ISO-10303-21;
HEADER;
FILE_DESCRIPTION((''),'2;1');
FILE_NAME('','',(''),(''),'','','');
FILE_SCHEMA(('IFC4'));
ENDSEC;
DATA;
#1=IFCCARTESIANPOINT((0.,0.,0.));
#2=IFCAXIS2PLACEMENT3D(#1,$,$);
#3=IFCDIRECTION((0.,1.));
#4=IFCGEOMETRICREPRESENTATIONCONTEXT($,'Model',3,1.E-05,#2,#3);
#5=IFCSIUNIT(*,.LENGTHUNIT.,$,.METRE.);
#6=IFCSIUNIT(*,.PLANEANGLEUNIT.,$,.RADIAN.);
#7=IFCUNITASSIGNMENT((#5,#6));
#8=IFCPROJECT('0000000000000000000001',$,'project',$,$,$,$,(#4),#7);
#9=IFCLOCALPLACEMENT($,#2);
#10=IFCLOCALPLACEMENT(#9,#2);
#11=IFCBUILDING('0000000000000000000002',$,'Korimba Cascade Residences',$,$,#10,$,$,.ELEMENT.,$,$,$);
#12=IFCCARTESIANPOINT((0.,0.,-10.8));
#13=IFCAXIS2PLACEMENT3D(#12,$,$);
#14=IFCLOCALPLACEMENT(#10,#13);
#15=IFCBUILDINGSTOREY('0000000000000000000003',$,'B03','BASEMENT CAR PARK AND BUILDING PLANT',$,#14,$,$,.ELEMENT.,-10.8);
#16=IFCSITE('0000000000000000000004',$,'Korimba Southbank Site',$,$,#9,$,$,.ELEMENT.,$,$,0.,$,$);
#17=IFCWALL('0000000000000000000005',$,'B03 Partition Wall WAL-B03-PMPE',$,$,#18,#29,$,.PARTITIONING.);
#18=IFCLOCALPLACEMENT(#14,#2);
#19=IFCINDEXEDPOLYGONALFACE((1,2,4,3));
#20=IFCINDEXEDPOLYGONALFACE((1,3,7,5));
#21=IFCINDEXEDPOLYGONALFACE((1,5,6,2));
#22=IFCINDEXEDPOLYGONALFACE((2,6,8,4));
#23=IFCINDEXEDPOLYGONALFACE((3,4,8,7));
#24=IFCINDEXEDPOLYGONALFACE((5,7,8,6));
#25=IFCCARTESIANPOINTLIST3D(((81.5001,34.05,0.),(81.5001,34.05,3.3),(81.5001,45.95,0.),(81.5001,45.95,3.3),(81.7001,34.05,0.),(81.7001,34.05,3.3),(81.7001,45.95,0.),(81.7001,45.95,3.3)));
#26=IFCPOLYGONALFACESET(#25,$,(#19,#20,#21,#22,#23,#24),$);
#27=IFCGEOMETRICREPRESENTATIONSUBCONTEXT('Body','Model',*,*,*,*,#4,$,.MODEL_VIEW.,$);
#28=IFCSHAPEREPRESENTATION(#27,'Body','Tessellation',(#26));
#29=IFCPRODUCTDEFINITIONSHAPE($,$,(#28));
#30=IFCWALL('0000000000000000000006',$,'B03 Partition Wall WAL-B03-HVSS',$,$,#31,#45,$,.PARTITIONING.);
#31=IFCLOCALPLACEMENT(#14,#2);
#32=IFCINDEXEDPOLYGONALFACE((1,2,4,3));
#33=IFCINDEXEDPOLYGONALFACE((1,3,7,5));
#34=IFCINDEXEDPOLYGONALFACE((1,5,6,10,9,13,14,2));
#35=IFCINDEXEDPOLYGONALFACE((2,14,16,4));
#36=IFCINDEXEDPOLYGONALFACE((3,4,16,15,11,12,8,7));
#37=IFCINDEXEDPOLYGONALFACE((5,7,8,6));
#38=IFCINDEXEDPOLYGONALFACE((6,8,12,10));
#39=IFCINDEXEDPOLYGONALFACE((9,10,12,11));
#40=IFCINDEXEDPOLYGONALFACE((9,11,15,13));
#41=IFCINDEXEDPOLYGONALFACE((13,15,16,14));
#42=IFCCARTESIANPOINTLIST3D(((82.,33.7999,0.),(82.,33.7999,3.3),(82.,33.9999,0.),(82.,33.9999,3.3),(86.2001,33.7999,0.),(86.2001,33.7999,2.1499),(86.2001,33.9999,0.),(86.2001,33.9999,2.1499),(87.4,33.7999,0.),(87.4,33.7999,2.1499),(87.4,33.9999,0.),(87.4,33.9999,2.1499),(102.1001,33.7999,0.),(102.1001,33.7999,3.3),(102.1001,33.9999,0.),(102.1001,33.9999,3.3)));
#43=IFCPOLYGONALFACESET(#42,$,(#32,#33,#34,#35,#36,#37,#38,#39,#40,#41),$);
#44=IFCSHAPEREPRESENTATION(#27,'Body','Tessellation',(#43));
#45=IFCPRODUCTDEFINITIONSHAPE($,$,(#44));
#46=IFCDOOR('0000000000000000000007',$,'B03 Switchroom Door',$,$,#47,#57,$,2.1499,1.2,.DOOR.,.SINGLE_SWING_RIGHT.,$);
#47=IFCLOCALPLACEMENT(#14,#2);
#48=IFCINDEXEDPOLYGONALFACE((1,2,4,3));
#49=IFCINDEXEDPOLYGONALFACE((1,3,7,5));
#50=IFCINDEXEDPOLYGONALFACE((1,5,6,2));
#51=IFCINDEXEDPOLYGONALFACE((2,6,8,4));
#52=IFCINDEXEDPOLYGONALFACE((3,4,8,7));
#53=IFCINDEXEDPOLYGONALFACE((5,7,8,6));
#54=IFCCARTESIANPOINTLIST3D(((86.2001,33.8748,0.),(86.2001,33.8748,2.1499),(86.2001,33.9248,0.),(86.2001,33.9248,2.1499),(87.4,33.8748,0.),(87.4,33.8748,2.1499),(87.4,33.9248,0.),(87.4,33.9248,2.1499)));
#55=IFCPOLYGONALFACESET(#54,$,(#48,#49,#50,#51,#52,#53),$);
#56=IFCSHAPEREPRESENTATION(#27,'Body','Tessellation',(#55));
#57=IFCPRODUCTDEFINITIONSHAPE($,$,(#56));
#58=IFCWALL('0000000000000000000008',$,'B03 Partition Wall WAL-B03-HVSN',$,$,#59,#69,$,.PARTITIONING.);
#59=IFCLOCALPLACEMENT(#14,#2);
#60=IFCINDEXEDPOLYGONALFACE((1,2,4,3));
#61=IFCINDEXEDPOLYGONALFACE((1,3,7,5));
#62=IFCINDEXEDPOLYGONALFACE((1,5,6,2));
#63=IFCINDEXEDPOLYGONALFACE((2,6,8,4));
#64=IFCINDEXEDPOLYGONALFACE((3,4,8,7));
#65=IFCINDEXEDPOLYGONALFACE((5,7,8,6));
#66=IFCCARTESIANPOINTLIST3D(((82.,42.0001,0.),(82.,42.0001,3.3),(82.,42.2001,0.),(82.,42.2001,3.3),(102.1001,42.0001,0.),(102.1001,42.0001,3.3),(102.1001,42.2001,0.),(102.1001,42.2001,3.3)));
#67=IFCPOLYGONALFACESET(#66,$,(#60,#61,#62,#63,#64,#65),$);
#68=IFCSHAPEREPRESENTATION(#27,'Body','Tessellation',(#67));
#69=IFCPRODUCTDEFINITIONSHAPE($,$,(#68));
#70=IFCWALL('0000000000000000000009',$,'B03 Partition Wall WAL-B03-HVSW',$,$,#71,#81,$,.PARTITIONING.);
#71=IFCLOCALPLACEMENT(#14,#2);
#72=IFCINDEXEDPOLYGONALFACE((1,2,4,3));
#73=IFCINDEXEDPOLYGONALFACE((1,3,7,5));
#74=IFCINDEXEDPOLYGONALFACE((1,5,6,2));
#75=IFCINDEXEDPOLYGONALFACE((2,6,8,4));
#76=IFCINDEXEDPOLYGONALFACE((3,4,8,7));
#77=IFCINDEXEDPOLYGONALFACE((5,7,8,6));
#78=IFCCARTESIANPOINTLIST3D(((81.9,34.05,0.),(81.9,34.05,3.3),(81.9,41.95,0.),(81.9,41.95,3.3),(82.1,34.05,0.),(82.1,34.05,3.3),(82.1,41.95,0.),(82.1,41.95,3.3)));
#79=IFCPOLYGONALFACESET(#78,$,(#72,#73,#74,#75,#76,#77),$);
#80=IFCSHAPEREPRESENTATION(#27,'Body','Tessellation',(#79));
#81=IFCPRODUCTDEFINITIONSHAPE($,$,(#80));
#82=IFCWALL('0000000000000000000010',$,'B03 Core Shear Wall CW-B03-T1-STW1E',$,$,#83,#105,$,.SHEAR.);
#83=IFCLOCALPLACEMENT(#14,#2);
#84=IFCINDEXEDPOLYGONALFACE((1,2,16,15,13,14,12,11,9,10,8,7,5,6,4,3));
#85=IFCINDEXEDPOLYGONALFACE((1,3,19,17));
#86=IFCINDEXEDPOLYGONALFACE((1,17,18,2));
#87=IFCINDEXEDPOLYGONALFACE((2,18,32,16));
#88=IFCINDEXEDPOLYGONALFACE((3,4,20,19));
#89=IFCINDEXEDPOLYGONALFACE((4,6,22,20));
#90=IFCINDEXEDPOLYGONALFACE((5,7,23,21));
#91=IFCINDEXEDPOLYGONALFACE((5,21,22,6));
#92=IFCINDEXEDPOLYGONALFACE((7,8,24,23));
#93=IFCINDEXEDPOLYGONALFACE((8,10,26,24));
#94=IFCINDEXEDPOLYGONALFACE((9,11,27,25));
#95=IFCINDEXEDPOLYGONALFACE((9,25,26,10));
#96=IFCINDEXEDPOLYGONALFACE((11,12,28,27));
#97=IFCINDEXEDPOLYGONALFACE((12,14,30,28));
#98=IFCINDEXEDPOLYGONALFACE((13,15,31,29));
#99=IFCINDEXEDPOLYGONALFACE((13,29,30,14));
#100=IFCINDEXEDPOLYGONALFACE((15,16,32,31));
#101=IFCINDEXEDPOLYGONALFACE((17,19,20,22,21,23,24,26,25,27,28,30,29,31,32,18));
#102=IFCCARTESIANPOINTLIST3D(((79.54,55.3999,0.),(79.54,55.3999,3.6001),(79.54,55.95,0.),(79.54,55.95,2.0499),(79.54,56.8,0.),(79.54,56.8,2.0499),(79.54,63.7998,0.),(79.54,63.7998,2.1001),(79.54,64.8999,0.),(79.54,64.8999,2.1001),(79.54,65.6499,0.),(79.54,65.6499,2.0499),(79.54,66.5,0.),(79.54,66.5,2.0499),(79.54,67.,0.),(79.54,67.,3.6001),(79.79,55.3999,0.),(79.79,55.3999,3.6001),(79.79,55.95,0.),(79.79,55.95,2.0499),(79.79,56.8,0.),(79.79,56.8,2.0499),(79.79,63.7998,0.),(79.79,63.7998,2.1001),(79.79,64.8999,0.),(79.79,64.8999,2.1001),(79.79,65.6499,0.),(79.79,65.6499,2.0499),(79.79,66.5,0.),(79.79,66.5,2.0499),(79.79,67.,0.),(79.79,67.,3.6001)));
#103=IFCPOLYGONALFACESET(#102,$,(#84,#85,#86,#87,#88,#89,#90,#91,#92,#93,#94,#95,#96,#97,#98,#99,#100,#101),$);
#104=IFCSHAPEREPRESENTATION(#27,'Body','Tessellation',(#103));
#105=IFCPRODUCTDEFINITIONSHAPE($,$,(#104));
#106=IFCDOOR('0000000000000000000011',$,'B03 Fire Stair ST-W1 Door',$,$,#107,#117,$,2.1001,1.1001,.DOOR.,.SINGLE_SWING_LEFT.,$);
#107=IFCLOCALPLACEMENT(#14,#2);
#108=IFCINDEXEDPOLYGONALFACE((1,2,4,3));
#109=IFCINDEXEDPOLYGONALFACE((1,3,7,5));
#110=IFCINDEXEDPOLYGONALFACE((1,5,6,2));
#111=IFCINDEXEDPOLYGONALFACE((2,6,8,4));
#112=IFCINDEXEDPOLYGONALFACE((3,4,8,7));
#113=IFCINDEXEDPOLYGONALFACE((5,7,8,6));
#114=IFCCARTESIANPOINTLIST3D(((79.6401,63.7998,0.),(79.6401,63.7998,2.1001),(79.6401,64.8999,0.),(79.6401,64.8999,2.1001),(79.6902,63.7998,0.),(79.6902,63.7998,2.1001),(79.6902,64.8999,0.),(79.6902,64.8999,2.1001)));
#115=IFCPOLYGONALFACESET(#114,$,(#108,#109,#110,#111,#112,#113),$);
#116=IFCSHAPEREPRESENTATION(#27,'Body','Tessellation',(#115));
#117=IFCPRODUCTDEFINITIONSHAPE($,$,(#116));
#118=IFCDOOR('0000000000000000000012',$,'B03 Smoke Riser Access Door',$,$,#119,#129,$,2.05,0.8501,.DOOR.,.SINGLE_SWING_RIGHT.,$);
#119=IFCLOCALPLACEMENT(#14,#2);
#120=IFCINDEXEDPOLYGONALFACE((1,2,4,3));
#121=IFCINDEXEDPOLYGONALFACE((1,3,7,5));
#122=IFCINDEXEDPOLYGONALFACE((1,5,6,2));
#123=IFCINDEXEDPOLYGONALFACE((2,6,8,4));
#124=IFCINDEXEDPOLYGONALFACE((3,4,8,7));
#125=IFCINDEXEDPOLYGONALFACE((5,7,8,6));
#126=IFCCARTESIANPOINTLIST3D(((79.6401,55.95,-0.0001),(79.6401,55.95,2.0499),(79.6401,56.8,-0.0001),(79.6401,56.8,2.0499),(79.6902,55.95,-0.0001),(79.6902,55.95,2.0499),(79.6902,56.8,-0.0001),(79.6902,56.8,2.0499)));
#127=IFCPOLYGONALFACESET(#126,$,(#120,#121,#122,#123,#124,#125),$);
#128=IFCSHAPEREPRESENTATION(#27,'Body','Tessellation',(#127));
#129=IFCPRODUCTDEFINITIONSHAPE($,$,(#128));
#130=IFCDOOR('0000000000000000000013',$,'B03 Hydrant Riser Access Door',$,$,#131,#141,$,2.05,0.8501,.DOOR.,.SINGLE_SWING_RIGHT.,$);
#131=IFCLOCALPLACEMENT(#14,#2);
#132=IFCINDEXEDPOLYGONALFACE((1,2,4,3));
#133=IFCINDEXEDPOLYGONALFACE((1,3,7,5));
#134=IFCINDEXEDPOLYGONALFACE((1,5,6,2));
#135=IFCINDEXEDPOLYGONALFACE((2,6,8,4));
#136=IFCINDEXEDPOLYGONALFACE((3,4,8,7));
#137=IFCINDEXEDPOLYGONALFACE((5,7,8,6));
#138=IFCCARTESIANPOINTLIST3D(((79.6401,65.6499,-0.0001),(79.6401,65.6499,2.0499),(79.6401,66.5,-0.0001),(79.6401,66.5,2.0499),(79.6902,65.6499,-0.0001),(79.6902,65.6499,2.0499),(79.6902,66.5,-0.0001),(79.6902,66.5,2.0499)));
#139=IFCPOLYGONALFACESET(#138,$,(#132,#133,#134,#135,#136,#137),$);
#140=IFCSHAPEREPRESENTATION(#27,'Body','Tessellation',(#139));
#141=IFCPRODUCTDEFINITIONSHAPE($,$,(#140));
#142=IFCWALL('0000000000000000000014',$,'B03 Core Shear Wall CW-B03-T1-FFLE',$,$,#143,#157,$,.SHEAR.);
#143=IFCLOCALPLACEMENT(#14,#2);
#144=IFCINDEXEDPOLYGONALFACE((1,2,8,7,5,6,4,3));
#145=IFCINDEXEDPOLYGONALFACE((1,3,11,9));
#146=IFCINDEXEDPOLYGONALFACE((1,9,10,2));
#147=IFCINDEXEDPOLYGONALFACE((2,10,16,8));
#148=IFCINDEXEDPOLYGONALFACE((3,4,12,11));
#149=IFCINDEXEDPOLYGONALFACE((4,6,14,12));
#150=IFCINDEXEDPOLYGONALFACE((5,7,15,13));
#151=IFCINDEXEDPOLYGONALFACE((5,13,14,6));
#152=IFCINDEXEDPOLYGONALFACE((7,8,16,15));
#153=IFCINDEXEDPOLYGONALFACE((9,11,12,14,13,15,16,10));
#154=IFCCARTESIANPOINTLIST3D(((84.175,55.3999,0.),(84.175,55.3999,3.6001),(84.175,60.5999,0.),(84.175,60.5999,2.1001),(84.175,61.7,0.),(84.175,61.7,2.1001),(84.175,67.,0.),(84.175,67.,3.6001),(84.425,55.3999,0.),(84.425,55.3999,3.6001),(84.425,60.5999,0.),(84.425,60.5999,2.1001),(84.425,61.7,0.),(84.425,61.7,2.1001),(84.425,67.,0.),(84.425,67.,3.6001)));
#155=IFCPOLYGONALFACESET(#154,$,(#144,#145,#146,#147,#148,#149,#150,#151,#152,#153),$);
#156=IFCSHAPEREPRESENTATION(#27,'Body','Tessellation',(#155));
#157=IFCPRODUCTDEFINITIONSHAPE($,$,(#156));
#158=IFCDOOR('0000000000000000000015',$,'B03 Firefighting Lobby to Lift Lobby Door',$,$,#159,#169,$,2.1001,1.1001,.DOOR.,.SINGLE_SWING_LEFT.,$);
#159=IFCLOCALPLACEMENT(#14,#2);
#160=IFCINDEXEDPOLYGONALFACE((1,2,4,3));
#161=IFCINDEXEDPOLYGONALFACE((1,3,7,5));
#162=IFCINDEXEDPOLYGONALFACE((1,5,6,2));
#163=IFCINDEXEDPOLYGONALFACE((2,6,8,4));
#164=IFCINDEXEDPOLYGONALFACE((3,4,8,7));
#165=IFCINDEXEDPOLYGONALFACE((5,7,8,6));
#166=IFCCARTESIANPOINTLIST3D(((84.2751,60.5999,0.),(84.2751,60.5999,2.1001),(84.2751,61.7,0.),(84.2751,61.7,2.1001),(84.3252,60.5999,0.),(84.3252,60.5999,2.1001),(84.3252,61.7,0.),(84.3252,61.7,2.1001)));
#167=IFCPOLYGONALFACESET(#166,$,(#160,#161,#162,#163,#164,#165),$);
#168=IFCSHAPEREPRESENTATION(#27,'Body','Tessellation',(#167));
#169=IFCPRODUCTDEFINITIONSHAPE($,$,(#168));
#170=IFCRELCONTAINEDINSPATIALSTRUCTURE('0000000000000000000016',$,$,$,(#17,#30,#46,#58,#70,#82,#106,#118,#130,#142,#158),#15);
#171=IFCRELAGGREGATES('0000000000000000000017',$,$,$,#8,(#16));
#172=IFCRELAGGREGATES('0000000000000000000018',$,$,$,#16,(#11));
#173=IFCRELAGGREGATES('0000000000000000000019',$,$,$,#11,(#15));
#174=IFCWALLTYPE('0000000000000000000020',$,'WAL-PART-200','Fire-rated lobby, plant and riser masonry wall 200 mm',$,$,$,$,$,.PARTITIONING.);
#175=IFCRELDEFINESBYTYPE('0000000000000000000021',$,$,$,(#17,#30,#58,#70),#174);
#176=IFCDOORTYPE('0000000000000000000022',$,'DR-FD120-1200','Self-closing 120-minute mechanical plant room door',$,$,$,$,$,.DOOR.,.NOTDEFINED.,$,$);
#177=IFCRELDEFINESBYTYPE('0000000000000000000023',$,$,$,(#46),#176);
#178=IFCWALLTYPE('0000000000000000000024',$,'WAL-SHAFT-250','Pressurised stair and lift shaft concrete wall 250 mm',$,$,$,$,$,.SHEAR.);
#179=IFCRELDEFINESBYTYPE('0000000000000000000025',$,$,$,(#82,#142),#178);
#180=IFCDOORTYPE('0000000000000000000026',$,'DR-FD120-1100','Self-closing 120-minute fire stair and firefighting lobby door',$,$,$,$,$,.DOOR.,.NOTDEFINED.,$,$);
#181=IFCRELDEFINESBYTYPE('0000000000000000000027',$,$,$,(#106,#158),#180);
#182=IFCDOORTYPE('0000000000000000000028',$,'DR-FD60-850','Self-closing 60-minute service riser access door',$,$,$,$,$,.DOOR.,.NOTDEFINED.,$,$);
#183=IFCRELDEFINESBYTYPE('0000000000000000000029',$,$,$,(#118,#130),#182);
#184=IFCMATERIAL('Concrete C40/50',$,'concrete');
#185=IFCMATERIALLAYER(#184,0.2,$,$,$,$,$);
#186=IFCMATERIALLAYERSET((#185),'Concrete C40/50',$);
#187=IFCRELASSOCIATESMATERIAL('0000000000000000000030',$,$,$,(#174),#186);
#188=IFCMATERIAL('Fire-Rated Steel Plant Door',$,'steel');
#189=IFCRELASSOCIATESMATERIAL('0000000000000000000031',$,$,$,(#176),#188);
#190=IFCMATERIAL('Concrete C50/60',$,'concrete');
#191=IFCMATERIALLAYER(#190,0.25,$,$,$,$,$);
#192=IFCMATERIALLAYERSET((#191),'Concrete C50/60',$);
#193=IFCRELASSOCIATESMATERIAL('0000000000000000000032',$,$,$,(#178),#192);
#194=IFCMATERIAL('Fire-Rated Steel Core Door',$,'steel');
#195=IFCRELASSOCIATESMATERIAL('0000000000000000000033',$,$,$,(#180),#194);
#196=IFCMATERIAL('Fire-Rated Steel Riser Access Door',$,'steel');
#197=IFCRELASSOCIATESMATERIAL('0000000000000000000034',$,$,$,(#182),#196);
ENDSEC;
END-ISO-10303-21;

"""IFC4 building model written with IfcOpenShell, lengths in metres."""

from ifc_helpers import new_model, si_unit, direction, frame, frame_2d, origin, place, context, subcontext, project, spatial, rectangle, extrude, material, layer, layer_set, type_object, element, fill, save


model = new_model("IFC4")

# Units and contexts
model_context = context("Model", 3, precision=1e-05, world=origin(), true_north=direction((0.0, 1.0)))
body_context = subcontext(model_context, "Body", "Model", "MODEL_VIEW")
ifc_project = project(units=[si_unit("LENGTHUNIT", "METRE"), si_unit("PLANEANGLEUNIT", "RADIAN")], contexts=[model_context])

# Site, building, storey
site_placement = place(None, origin())
site = spatial("IfcSite", under=ifc_project, at=site_placement, Name="Korimba Southbank Site", CompositionType="ELEMENT", RefElevation=0.0)
building_placement = place(site_placement, origin())
building = spatial("IfcBuilding", under=site, at=building_placement, Name="Korimba Cascade Residences", CompositionType="ELEMENT")
storey_placement = place(building_placement, frame((0.0, 0.0, -10.8)))
storey = spatial("IfcBuildingStorey", under=building, at=storey_placement, Name="B03", Description="BASEMENT CAR PARK AND BUILDING PLANT", CompositionType="ELEMENT", Elevation=-10.8)

# Shared definitions
ifc_material_1 = material(Name="Concrete C50/60", Category="concrete")

# Wall
ifc_material_2 = material(Name="Concrete C40/50", Category="concrete")
ifc_layer_1 = layer(ifc_material_2, 0.2)
ifc_layer_set_1 = layer_set([ifc_layer_1], Name="Concrete C40/50")
wall_type_1 = type_object("IfcWallType", Name="WAL-PART-200", Description="Fire-rated lobby, plant and riser masonry wall 200 mm", PredefinedType="PARTITIONING", material=ifc_layer_set_1)
wall_1_placement = place(storey_placement, frame((81.6001, 34.05, 0.0), z_axis=(0.0, 0.0, 1.0), x_axis=(0.0, 1.0, 0.0)))
element("IfcWall", 1, at=wall_1_placement, inside=storey, type_object=wall_type_1, Name="B03 Partition Wall WAL-B03-PMPE", PredefinedType="PARTITIONING", context=body_context, shape_type="SweptSolid", body=[
    extrude(rectangle(XDim=11.8999, YDim=0.2, at=frame_2d((5.95, 0.0))), origin(), (0.0, 0.0, 1.0), 3.3),
])

# Wall, opening, door
wall_2_placement = place(storey_placement, frame((82.0, 33.8999, 0.0), z_axis=(0.0, 0.0, 1.0), x_axis=(1.0, 0.0, 0.0)))
wall_2 = element("IfcWall", 2, at=wall_2_placement, inside=storey, type_object=wall_type_1, Name="B03 Partition Wall WAL-B03-HVSS", PredefinedType="PARTITIONING", context=body_context, shape_type="SweptSolid", body=[
    extrude(rectangle(XDim=20.1001, YDim=0.2, at=frame_2d((10.05, 0.0))), origin(), (0.0, 0.0, 1.0), 3.3),
])
opening_1_placement = place(wall_2_placement, frame((4.2, 0.0, 0.0)))
opening_1 = element("IfcOpeningElement", 3, at=opening_1_placement, cuts=wall_2, PredefinedType="OPENING", context=body_context, shape_type="SweptSolid", body=[
    extrude(rectangle(XDim=1.2, YDim=2.1499, at=frame_2d((0.6001, 1.075))), frame((0.0, 0.1099, 0.0), z_axis=(0.0, -1.0, 0.0), x_axis=(1.0, 0.0, 0.0)), (0.0, 0.0, 1.0), 0.22),
])
ifc_material_3 = material(Name="Fire-Rated Steel Plant Door", Category="steel")
door_type_1 = type_object("IfcDoorType", Name="DR-FD120-1200", Description="Self-closing 120-minute mechanical plant room door", OperationType="NOTDEFINED", PredefinedType="DOOR", material=ifc_material_3)
door_1_placement = place(opening_1_placement, origin())
door_1 = element("IfcDoor", 4, at=door_1_placement, inside=storey, type_object=door_type_1, Name="B03 Switchroom Door", OperationType="SINGLE_SWING_RIGHT", OverallHeight=2.1499, OverallWidth=1.2, PredefinedType="DOOR", context=body_context, shape_type="SweptSolid", body=[
    extrude(rectangle(XDim=1.2, YDim=2.1499, at=frame_2d((0.6001, 1.075))), frame((0.0, 0.0249, 0.0), z_axis=(0.0, -1.0, 0.0), x_axis=(1.0, 0.0, 0.0)), (0.0, 0.0, 1.0), 0.05),
])
fill(opening_1, door_1)

# Walls
wall_3_placement = place(storey_placement, frame((82.0, 42.1001, 0.0), z_axis=(0.0, 0.0, 1.0), x_axis=(1.0, 0.0, 0.0)))
element("IfcWall", 5, at=wall_3_placement, inside=storey, type_object=wall_type_1, Name="B03 Partition Wall WAL-B03-HVSN", PredefinedType="PARTITIONING", context=body_context, shape_type="SweptSolid", body=[
    extrude(rectangle(XDim=20.1001, YDim=0.2, at=frame_2d((10.05, 0.0))), origin(), (0.0, 0.0, 1.0), 3.3),
])
wall_4_placement = place(storey_placement, frame((82.0, 34.05, 0.0), z_axis=(0.0, 0.0, 1.0), x_axis=(0.0, 1.0, 0.0)))
element("IfcWall", 6, at=wall_4_placement, inside=storey, type_object=wall_type_1, Name="B03 Partition Wall WAL-B03-HVSW", PredefinedType="PARTITIONING", context=body_context, shape_type="SweptSolid", body=[
    extrude(rectangle(XDim=7.8999, YDim=0.2, at=frame_2d((3.95, 0.0))), origin(), (0.0, 0.0, 1.0), 3.3),
])

# Wall, openings, doors
ifc_layer_2 = layer(ifc_material_1, 0.25)
ifc_layer_set_2 = layer_set([ifc_layer_2], Name="Concrete C50/60")
wall_type_2 = type_object("IfcWallType", Name="WAL-SHAFT-250", Description="Pressurised stair and lift shaft concrete wall 250 mm", PredefinedType="SHEAR", material=ifc_layer_set_2)
wall_5_placement = place(storey_placement, frame((79.665, 55.3999, 0.0), z_axis=(0.0, 0.0, 1.0), x_axis=(0.0, 1.0, 0.0)))
wall_5 = element("IfcWall", 7, at=wall_5_placement, inside=storey, type_object=wall_type_2, Name="B03 Core Shear Wall CW-B03-T1-STW1E", PredefinedType="SHEAR", context=body_context, shape_type="SweptSolid", body=[
    extrude(rectangle(XDim=11.6001, YDim=0.25, at=frame_2d((5.8, 0.0))), origin(), (0.0, 0.0, 1.0), 3.6001),
])
opening_2_placement = place(wall_5_placement, frame((0.55, 0.0, 0.0)))
opening_2 = element("IfcOpeningElement", 8, at=opening_2_placement, cuts=wall_5, PredefinedType="OPENING", context=body_context, shape_type="SweptSolid", body=[
    extrude(rectangle(XDim=0.8501, YDim=2.05, at=frame_2d((0.425, 1.0249))), frame((0.0, 0.135, 0.0), z_axis=(0.0, -1.0, 0.0), x_axis=(1.0, 0.0, 0.0)), (0.0, 0.0, 1.0), 0.27),
])
opening_3_placement = place(wall_5_placement, frame((8.3999, 0.0, 0.0)))
opening_3 = element("IfcOpeningElement", 9, at=opening_3_placement, cuts=wall_5, PredefinedType="OPENING", context=body_context, shape_type="SweptSolid", body=[
    extrude(rectangle(XDim=1.1001, YDim=2.1001, at=frame_2d((0.55, 1.05))), frame((0.0, 0.135, 0.0), z_axis=(0.0, -1.0, 0.0), x_axis=(1.0, 0.0, 0.0)), (0.0, 0.0, 1.0), 0.27),
])
opening_4_placement = place(wall_5_placement, frame((10.25, 0.0, 0.0)))
opening_4 = element("IfcOpeningElement", 10, at=opening_4_placement, cuts=wall_5, PredefinedType="OPENING", context=body_context, shape_type="SweptSolid", body=[
    extrude(rectangle(XDim=0.8501, YDim=2.05, at=frame_2d((0.425, 1.0249))), frame((0.0, 0.135, 0.0), z_axis=(0.0, -1.0, 0.0), x_axis=(1.0, 0.0, 0.0)), (0.0, 0.0, 1.0), 0.27),
])
ifc_material_4 = material(Name="Fire-Rated Steel Core Door", Category="steel")
door_type_2 = type_object("IfcDoorType", Name="DR-FD120-1100", Description="Self-closing 120-minute fire stair and firefighting lobby door", OperationType="NOTDEFINED", PredefinedType="DOOR", material=ifc_material_4)
door_2_placement = place(opening_3_placement, origin())
door_2 = element("IfcDoor", 11, at=door_2_placement, inside=storey, type_object=door_type_2, Name="B03 Fire Stair ST-W1 Door", OperationType="SINGLE_SWING_LEFT", OverallHeight=2.1001, OverallWidth=1.1001, PredefinedType="DOOR", context=body_context, shape_type="SweptSolid", body=[
    extrude(rectangle(XDim=1.1001, YDim=2.1001, at=frame_2d((0.55, 1.05))), frame((0.0, 0.0249, 0.0), z_axis=(0.0, -1.0, 0.0), x_axis=(1.0, 0.0, 0.0)), (0.0, 0.0, 1.0), 0.05),
])
fill(opening_3, door_2)
ifc_material_5 = material(Name="Fire-Rated Steel Riser Access Door", Category="steel")
door_type_3 = type_object("IfcDoorType", Name="DR-FD60-850", Description="Self-closing 60-minute service riser access door", OperationType="NOTDEFINED", PredefinedType="DOOR", material=ifc_material_5)
door_3_placement = place(opening_2_placement, origin())
door_3 = element("IfcDoor", 12, at=door_3_placement, inside=storey, type_object=door_type_3, Name="B03 Smoke Riser Access Door", OperationType="SINGLE_SWING_RIGHT", OverallHeight=2.05, OverallWidth=0.8501, PredefinedType="DOOR", context=body_context, shape_type="SweptSolid", body=[
    extrude(rectangle(XDim=0.8501, YDim=2.05, at=frame_2d((0.425, 1.0249))), frame((0.0, 0.0249, 0.0), z_axis=(0.0, -1.0, 0.0), x_axis=(1.0, 0.0, 0.0)), (0.0, 0.0, 1.0), 0.05),
])
fill(opening_2, door_3)
door_4_placement = place(opening_4_placement, origin())
door_4 = element("IfcDoor", 13, at=door_4_placement, inside=storey, type_object=door_type_3, Name="B03 Hydrant Riser Access Door", OperationType="SINGLE_SWING_RIGHT", OverallHeight=2.05, OverallWidth=0.8501, PredefinedType="DOOR", context=body_context, shape_type="SweptSolid", body=[
    extrude(rectangle(XDim=0.8501, YDim=2.05, at=frame_2d((0.425, 1.0249))), frame((0.0, 0.0249, 0.0), z_axis=(0.0, -1.0, 0.0), x_axis=(1.0, 0.0, 0.0)), (0.0, 0.0, 1.0), 0.05),
])
fill(opening_4, door_4)

# Wall, opening, door
wall_6_placement = place(storey_placement, frame((84.3, 55.3999, 0.0), z_axis=(0.0, 0.0, 1.0), x_axis=(0.0, 1.0, 0.0)))
wall_6 = element("IfcWall", 14, at=wall_6_placement, inside=storey, type_object=wall_type_2, Name="B03 Core Shear Wall CW-B03-T1-FFLE", PredefinedType="SHEAR", context=body_context, shape_type="SweptSolid", body=[
    extrude(rectangle(XDim=11.6001, YDim=0.25, at=frame_2d((5.8, 0.0))), origin(), (0.0, 0.0, 1.0), 3.6001),
])
opening_5_placement = place(wall_6_placement, frame((5.2, 0.0, 0.0)))
opening_5 = element("IfcOpeningElement", 15, at=opening_5_placement, cuts=wall_6, PredefinedType="OPENING", context=body_context, shape_type="SweptSolid", body=[
    extrude(rectangle(XDim=1.1001, YDim=2.1001, at=frame_2d((0.55, 1.05))), frame((0.0, 0.135, 0.0), z_axis=(0.0, -1.0, 0.0), x_axis=(1.0, 0.0, 0.0)), (0.0, 0.0, 1.0), 0.27),
])
door_5_placement = place(opening_5_placement, origin())
door_5 = element("IfcDoor", 16, at=door_5_placement, inside=storey, type_object=door_type_2, Name="B03 Firefighting Lobby to Lift Lobby Door", OperationType="SINGLE_SWING_LEFT", OverallHeight=2.1001, OverallWidth=1.1001, PredefinedType="DOOR", context=body_context, shape_type="SweptSolid", body=[
    extrude(rectangle(XDim=1.1001, YDim=2.1001, at=frame_2d((0.55, 1.05))), frame((0.0, 0.0249, 0.0), z_axis=(0.0, -1.0, 0.0), x_axis=(1.0, 0.0, 0.0)), (0.0, 0.0, 1.0), 0.05),
])
fill(opening_5, door_5)

save(model, "model.ifc")
